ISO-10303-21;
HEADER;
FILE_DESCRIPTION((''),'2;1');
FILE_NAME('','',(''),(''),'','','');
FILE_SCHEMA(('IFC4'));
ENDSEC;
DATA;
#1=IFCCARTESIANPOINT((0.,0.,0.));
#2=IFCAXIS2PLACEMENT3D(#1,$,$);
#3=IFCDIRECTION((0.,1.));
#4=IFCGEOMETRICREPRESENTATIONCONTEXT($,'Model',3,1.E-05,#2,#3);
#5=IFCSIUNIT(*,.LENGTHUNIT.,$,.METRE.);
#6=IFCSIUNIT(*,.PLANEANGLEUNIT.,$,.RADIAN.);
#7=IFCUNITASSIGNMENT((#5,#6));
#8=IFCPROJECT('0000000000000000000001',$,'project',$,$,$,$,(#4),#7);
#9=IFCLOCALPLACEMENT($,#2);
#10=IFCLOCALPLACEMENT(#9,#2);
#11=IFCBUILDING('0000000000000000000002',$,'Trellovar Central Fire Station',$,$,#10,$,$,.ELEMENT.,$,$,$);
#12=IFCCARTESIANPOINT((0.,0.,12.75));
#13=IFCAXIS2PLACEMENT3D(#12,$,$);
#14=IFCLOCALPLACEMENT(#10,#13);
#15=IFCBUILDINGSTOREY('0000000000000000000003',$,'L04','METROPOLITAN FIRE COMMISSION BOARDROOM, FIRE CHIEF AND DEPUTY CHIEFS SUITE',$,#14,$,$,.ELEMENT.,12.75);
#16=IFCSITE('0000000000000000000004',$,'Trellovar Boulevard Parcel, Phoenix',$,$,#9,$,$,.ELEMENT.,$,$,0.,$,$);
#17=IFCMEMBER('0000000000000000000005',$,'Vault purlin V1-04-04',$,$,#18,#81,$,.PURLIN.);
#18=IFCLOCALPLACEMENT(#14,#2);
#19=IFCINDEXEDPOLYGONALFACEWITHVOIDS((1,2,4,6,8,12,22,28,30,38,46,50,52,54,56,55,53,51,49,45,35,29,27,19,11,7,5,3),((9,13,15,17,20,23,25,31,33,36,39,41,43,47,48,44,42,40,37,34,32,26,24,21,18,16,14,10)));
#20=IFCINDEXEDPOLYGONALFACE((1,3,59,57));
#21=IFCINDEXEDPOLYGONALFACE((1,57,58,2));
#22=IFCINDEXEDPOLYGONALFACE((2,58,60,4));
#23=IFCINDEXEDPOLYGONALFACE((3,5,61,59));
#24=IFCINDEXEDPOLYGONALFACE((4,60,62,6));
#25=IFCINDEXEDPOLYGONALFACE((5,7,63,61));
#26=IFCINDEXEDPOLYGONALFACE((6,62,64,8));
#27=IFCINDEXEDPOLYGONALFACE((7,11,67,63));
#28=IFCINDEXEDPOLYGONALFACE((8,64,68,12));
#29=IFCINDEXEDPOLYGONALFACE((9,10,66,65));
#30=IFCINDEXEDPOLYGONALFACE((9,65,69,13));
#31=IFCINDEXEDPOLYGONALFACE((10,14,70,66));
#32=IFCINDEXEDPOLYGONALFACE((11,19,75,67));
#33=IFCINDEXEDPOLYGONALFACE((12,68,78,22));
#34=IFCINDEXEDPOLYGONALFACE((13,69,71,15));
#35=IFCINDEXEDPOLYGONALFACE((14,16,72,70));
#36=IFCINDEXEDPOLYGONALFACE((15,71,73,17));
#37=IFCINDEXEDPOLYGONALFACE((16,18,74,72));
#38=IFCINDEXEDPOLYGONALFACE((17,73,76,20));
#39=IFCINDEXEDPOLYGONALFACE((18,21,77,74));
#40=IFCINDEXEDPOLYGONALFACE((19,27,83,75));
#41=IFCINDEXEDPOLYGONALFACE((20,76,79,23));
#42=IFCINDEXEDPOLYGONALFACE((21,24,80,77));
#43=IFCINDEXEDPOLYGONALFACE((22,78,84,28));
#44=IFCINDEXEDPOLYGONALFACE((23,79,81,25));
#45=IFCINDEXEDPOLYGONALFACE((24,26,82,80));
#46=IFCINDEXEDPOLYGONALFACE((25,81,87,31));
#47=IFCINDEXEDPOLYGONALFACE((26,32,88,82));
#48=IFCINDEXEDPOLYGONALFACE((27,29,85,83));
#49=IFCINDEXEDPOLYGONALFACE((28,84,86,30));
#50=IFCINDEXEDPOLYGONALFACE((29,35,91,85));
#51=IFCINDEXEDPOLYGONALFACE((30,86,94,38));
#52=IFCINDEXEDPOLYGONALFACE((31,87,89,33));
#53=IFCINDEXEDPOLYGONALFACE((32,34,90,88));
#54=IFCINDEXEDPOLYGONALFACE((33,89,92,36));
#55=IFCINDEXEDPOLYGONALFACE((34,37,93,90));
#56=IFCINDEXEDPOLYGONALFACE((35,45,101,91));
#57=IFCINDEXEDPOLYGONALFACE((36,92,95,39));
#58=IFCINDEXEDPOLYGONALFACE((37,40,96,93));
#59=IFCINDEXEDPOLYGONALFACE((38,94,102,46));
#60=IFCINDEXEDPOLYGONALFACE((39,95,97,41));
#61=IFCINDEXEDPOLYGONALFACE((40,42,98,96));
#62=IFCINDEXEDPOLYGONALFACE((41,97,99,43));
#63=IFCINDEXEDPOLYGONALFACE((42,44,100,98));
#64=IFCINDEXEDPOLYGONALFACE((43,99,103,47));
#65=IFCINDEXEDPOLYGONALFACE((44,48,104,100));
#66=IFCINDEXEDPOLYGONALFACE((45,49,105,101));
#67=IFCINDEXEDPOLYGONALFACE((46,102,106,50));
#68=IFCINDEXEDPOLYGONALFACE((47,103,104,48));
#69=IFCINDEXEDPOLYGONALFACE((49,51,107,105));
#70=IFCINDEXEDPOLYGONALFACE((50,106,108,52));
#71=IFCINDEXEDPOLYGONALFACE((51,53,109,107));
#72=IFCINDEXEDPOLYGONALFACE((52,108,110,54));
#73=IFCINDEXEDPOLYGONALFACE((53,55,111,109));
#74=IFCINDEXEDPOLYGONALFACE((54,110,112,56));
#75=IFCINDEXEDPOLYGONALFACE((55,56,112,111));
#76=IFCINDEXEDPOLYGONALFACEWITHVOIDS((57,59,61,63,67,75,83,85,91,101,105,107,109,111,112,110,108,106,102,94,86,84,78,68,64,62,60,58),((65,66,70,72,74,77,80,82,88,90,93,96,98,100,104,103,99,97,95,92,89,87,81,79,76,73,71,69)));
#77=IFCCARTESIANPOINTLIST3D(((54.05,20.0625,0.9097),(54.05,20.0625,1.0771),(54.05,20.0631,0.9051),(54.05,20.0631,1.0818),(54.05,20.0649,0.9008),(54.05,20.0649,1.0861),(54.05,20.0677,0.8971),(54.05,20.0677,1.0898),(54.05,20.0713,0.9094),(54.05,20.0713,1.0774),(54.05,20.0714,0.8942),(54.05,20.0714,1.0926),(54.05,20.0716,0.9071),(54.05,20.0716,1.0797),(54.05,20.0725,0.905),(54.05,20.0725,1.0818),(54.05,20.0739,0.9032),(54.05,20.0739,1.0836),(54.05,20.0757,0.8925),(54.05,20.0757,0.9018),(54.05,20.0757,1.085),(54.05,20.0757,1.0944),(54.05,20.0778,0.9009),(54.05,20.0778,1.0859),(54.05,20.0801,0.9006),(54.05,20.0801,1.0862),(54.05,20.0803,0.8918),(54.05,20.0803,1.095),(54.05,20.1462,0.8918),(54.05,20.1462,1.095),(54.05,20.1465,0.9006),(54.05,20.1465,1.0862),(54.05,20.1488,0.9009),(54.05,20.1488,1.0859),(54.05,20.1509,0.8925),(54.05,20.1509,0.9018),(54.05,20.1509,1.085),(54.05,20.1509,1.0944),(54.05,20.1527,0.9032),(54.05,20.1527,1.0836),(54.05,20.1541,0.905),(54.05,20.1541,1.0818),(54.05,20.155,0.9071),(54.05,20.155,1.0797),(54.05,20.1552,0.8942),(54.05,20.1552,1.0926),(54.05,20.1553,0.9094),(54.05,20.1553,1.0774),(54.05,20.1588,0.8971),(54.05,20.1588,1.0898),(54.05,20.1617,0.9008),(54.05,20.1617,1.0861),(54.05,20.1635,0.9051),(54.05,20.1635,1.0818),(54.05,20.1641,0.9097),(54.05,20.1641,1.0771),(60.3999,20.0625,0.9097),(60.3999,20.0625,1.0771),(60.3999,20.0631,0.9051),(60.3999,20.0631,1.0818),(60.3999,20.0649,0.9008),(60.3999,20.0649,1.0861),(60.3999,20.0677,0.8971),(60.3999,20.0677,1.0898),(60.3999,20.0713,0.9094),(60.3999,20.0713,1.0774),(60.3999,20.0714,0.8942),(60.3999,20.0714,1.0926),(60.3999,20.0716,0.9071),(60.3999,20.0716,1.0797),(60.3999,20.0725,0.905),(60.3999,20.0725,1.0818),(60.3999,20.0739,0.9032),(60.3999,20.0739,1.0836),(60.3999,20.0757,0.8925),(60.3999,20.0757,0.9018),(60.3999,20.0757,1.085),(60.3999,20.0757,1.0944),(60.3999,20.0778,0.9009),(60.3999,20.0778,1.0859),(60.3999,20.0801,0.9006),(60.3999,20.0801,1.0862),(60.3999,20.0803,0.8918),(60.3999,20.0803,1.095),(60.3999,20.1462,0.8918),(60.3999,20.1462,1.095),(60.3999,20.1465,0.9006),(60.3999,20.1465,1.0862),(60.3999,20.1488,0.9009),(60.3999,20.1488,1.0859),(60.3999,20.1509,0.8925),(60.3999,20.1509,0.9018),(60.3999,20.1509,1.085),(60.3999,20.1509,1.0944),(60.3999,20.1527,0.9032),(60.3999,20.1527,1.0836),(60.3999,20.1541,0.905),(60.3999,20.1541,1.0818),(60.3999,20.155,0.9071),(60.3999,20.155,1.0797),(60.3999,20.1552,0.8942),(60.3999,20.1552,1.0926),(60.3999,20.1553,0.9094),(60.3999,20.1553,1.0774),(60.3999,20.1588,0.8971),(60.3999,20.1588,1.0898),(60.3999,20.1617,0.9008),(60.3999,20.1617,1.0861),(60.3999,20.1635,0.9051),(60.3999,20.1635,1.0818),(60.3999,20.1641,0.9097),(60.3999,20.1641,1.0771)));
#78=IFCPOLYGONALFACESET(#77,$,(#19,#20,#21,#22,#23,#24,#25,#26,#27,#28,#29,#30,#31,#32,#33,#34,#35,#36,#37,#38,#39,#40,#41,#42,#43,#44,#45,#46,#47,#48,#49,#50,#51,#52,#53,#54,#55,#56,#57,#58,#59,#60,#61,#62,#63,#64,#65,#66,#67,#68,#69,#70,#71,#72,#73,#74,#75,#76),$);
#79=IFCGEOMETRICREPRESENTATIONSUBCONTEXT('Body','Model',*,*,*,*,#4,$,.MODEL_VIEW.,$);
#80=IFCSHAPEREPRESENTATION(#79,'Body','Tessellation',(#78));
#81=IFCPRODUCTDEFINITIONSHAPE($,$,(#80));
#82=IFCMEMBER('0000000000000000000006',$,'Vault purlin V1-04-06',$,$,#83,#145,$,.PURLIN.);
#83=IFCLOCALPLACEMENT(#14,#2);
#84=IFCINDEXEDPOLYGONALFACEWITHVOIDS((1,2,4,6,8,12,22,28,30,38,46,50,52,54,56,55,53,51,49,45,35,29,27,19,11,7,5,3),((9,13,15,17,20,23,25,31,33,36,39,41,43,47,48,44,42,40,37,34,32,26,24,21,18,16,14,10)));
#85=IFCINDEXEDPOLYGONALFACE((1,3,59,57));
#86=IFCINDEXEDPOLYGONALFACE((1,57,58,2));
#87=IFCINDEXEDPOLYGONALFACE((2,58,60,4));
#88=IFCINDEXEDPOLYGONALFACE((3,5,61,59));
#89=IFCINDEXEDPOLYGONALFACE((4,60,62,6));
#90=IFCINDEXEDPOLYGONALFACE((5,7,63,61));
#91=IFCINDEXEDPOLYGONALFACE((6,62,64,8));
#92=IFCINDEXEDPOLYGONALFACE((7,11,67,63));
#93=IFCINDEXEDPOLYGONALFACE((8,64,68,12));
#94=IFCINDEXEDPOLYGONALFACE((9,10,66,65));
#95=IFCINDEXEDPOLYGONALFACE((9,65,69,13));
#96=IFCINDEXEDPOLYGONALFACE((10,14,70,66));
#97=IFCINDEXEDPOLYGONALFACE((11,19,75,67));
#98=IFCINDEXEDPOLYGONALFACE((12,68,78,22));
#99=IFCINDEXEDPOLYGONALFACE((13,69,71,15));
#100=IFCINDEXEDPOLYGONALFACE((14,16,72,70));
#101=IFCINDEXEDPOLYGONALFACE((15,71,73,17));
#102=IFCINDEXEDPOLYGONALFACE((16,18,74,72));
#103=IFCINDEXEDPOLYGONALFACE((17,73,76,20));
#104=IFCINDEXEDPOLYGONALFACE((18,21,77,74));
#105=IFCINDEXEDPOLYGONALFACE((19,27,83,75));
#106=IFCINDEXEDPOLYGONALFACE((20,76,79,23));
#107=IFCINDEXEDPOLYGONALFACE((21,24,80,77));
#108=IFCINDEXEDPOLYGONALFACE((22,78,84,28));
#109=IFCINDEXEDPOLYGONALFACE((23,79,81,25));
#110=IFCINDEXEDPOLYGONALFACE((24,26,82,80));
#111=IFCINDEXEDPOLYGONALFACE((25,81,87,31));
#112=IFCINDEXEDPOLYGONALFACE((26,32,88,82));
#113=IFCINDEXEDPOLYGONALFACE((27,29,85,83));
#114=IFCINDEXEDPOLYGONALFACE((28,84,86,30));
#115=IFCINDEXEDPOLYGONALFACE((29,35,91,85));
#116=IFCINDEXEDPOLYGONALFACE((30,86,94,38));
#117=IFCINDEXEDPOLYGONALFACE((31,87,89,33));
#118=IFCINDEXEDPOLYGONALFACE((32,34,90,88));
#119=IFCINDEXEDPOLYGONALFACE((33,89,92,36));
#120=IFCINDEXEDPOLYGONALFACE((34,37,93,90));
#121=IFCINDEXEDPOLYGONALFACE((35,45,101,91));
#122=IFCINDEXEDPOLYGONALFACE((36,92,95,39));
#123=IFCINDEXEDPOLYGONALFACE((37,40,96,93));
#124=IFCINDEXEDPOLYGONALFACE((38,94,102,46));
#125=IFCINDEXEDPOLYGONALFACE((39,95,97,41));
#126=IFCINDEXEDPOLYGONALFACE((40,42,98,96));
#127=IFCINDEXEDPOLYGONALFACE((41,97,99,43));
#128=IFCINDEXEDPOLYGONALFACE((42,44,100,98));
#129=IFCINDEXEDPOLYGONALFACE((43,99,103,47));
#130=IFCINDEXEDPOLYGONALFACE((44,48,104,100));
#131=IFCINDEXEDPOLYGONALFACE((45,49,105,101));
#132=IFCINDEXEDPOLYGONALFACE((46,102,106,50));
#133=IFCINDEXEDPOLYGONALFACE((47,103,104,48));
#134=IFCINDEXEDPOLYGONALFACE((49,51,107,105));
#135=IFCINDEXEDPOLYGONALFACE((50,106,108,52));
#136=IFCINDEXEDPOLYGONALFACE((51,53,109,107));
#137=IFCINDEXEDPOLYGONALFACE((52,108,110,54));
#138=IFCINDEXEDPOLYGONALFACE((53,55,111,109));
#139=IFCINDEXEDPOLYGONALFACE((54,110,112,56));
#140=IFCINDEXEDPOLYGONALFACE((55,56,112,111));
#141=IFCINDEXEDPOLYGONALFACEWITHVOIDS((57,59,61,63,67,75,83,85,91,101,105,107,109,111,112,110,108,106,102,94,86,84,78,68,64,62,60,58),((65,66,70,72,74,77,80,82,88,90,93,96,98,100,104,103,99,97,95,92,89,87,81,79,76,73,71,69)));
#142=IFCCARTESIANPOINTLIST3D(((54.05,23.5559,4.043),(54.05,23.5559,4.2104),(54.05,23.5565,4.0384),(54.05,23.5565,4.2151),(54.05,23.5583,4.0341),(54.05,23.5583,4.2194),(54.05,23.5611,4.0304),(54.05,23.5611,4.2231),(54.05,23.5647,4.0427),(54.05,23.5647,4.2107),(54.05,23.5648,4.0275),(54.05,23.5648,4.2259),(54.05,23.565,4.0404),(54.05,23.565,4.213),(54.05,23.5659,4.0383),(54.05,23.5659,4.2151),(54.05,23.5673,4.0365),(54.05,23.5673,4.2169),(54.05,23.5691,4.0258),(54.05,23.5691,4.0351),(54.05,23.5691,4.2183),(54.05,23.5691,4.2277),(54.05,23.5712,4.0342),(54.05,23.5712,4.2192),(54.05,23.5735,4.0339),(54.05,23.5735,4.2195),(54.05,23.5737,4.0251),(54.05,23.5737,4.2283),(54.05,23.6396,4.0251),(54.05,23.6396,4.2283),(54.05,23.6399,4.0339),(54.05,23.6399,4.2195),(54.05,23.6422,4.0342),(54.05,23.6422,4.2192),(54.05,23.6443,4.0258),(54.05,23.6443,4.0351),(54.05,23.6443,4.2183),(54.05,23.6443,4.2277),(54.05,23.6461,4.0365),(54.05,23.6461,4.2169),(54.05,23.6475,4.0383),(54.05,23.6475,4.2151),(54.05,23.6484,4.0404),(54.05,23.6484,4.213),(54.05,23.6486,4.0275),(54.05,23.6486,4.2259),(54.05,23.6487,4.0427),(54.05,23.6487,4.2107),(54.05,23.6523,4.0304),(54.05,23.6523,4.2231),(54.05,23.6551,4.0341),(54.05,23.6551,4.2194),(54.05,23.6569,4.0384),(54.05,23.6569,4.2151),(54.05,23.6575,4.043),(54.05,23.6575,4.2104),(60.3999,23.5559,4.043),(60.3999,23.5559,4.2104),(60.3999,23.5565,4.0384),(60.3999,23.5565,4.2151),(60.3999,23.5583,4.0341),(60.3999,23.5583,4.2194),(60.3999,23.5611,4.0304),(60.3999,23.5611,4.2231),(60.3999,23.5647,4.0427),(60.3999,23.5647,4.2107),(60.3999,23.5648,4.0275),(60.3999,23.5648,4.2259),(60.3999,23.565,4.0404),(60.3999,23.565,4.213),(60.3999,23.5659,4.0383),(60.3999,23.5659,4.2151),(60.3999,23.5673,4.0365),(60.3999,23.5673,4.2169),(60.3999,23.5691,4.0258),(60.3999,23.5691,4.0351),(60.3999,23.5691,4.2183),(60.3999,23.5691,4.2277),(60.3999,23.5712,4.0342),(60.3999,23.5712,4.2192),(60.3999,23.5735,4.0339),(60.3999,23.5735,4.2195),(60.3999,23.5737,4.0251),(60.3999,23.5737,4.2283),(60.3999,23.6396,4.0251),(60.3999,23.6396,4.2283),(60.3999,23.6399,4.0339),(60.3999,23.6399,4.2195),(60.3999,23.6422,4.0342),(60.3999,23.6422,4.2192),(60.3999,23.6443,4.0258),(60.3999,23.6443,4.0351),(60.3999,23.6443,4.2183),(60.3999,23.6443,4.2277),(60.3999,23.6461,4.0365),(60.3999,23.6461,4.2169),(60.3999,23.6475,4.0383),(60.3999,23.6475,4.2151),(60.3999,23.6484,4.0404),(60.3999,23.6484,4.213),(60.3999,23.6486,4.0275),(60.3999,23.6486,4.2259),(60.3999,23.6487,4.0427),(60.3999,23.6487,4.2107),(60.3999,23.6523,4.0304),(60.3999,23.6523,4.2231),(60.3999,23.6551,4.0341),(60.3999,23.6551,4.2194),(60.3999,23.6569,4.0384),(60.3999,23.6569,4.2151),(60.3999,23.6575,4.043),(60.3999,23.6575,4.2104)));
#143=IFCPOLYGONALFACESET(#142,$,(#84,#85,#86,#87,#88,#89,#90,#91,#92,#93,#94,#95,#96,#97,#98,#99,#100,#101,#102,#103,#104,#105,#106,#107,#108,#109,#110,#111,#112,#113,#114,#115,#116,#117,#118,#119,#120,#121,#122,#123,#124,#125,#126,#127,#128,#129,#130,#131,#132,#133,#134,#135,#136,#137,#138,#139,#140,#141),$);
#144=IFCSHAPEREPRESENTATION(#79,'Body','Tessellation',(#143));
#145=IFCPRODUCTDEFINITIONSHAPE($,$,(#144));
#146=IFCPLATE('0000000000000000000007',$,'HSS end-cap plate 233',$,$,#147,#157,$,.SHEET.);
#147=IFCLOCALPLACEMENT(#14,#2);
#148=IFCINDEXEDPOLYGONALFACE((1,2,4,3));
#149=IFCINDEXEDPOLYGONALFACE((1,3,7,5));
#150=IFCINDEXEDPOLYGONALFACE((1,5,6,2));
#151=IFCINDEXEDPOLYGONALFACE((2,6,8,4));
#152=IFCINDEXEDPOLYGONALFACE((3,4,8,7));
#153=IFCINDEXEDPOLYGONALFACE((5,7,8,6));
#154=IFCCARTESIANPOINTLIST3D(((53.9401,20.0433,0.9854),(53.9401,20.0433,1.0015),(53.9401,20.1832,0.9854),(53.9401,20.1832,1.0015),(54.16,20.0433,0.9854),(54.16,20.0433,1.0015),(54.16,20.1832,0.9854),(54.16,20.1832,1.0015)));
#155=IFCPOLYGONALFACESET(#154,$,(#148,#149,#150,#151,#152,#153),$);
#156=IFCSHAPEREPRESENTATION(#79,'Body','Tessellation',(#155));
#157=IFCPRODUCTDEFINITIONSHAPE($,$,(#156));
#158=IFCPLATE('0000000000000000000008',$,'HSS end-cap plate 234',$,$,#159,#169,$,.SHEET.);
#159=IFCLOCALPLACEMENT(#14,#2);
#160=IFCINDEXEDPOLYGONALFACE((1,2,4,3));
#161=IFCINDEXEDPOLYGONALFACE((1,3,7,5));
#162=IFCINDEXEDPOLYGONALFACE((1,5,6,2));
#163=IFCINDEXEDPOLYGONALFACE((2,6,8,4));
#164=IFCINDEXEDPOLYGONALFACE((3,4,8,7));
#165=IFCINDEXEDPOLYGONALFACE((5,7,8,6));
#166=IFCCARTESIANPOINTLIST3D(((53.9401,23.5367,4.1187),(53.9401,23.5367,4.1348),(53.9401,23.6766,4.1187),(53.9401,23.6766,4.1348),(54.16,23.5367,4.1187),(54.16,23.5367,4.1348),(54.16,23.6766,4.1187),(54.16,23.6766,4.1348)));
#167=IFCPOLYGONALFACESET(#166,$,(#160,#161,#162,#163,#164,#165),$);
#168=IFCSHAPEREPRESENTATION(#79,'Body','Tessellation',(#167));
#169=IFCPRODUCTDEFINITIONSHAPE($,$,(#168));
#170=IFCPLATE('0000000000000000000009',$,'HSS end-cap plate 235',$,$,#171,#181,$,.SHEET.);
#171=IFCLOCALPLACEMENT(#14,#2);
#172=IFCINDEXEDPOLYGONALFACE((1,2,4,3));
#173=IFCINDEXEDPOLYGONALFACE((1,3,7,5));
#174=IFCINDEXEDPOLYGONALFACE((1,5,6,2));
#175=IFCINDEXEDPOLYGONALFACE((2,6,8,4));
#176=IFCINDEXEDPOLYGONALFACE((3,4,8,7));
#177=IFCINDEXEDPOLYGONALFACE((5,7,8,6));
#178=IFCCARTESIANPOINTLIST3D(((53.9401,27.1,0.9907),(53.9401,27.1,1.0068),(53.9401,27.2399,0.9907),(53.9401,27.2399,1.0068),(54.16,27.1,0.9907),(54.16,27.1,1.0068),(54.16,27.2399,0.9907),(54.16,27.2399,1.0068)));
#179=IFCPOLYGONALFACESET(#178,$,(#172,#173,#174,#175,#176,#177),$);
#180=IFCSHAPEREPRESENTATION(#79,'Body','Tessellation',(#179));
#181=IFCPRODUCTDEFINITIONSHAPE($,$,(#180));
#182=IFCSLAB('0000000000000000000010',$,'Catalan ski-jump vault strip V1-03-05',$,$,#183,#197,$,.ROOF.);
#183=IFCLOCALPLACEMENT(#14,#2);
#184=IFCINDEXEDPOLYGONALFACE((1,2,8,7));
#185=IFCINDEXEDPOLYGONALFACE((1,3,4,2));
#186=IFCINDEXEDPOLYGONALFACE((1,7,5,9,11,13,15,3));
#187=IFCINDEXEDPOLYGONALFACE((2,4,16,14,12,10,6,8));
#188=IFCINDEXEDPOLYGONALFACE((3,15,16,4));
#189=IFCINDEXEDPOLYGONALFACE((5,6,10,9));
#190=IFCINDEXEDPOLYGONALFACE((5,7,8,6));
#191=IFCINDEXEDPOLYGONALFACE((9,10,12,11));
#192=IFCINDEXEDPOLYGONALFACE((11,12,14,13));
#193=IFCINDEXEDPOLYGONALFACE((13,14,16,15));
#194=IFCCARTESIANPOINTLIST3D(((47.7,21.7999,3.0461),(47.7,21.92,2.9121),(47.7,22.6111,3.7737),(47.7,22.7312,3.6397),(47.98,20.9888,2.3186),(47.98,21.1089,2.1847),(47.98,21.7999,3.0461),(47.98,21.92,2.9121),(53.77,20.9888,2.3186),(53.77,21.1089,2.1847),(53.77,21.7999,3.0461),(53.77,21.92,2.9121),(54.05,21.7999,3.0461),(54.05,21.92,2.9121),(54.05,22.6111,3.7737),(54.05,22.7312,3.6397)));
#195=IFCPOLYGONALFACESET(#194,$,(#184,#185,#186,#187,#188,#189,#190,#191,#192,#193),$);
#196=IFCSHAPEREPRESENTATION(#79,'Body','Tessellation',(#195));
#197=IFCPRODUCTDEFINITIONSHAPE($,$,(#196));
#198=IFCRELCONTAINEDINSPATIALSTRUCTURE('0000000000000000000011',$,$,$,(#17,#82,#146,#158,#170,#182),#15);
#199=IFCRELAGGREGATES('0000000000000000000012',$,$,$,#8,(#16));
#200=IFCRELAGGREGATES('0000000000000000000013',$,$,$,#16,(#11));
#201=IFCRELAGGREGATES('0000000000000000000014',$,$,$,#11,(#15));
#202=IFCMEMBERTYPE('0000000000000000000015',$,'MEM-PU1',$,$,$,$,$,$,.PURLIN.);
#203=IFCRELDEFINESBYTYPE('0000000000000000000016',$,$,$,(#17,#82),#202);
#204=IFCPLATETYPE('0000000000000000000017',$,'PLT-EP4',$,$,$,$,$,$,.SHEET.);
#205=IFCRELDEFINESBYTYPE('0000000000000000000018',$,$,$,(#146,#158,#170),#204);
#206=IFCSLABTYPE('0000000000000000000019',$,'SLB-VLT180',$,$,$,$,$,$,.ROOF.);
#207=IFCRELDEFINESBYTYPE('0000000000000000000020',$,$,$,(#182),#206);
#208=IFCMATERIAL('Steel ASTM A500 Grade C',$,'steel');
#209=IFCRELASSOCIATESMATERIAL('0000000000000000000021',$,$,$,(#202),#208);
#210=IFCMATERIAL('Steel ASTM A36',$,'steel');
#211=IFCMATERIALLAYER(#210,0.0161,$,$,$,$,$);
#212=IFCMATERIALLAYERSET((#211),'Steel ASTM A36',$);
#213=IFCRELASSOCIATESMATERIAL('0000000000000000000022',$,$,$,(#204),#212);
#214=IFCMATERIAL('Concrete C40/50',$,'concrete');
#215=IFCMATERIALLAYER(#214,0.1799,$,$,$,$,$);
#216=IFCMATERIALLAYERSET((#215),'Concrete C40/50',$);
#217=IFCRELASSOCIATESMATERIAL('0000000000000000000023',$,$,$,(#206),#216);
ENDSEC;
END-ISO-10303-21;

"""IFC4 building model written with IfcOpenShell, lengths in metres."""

from ifc_helpers import new_model, si_unit, direction, frame, origin, origin_2d, place, context, subcontext, project, spatial, polyline, rectangle, hollow_rectangle, outline, extrude, material, layer, layer_set, material_profile, profile_set, type_object, element, save


model = new_model("IFC4")

# Units and contexts
model_context = context("Model", 3, precision=1e-05, world=origin(), true_north=direction((0.0, 1.0)))
body_context = subcontext(model_context, "Body", "Model", "MODEL_VIEW")
ifc_project = project(units=[si_unit("LENGTHUNIT", "METRE"), si_unit("PLANEANGLEUNIT", "RADIAN")], contexts=[model_context])

# Site, building, storey
site_placement = place(None, origin())
site = spatial("IfcSite", under=ifc_project, at=site_placement, Name="Trellovar Boulevard Parcel, Phoenix", CompositionType="ELEMENT", RefElevation=0.0)
building_placement = place(site_placement, origin())
building = spatial("IfcBuilding", under=site, at=building_placement, Name="Trellovar Central Fire Station", CompositionType="ELEMENT")
storey_placement = place(building_placement, frame((0.0, 0.0, 12.75)))
storey = spatial("IfcBuildingStorey", under=building, at=storey_placement, Name="L04", Description="METROPOLITAN FIRE COMMISSION BOARDROOM, FIRE CHIEF AND DEPUTY CHIEFS SUITE", CompositionType="ELEMENT", Elevation=12.75)

# Members
ifc_material_1 = material(Name="Steel ASTM A500 Grade C", Category="steel")
ifc_material_profile_1 = material_profile(ifc_material_1, hollow_rectangle(XDim=0.1016, YDim=0.2031, WallThickness=0.0088, InnerFilletRadius=0.0088, OuterFilletRadius=0.0178, at=origin_2d()), Name="HSS8X4X3/8")
ifc_profile_set_1 = profile_set([ifc_material_profile_1], Name="Steel ASTM A500 Grade C")
member_type_1 = type_object("IfcMemberType", Name="MEM-PU1", PredefinedType="PURLIN", material=ifc_profile_set_1)
for number, where, z_axis, x_axis, name in (
    (1, (54.05, 20.1133, 0.9934), (1.0, 0.0, 0.0), (0.0, 1.0, 0.0), "Vault purlin V1-04-04"),
    (2, (54.05, 23.6067, 4.1267), (1.0, 0.0, 0.0), (0.0, 1.0, 0.0), "Vault purlin V1-04-06"),
):
    element("IfcMember", number, at=place(storey_placement, frame(where, z_axis=z_axis, x_axis=x_axis)), inside=storey, type_object=member_type_1, Name=name, PredefinedType="PURLIN", context=body_context, shape_type="SweptSolid", body=[
        extrude(hollow_rectangle(XDim=0.1016, YDim=0.2031, WallThickness=0.0088, InnerFilletRadius=0.0088, OuterFilletRadius=0.0178, at=origin_2d()), origin(), (0.0, 0.0, 1.0), 6.3499),
    ])

# Plates
ifc_material_2 = material(Name="Steel ASTM A36", Category="steel")
ifc_layer_1 = layer(ifc_material_2, 0.0161)
ifc_layer_set_1 = layer_set([ifc_layer_1], Name="Steel ASTM A36")
plate_type = type_object("IfcPlateType", Name="PLT-EP4", PredefinedType="SHEET", material=ifc_layer_set_1)
for number, where, z_axis, x_axis, name in (
    (3, (54.05, 20.1133, 0.9854), (0.0, 0.0, 1.0), (1.0, 0.0, 0.0), "HSS end-cap plate 233"),
    (4, (54.05, 23.6067, 4.1187), (0.0, 0.0, 1.0), (1.0, 0.0, 0.0), "HSS end-cap plate 234"),
    (5, (54.05, 27.1699, 0.9907), (0.0, 0.0, 1.0), (1.0, 0.0, 0.0), "HSS end-cap plate 235"),
):
    element("IfcPlate", number, at=place(storey_placement, frame(where, z_axis=z_axis, x_axis=x_axis)), inside=storey, type_object=plate_type, Name=name, PredefinedType="SHEET", context=body_context, shape_type="SweptSolid", body=[
        extrude(rectangle(XDim=0.22, YDim=0.1399, at=origin_2d()), origin(), (0.0, 0.0, 1.0), 0.0161),
    ])

# Slab
ifc_material_3 = material(Name="Concrete C40/50", Category="concrete")
ifc_layer_2 = layer(ifc_material_3, 0.1799)
ifc_layer_set_2 = layer_set([ifc_layer_2], Name="Concrete C40/50")
slab_type = type_object("IfcSlabType", Name="SLB-VLT180", PredefinedType="ROOF", material=ifc_layer_set_2)
slab_1_placement = place(storey_placement, frame((47.98, 20.9888, 2.3186), z_axis=(0.0, -0.667692, 0.744437), x_axis=(1.0, 0.0, 0.0)))
element("IfcSlab", 6, at=slab_1_placement, inside=storey, type_object=slab_type, Name="Catalan ski-jump vault strip V1-03-05", PredefinedType="ROOF", context=body_context, shape_type="SweptSolid", body=[
    extrude(outline(polyline([(0.0, 0.0), (5.79, 0.0), (5.79, 1.0895), (6.0701, 1.0895), (6.0701, 2.1793), (-0.28, 2.1793), (-0.28, 1.0895), (0.0, 1.0895), (0.0, 0.0)])), origin(), (0.0, 0.0, -1.0), 0.1799),
])

save(model, "model.ifc")
